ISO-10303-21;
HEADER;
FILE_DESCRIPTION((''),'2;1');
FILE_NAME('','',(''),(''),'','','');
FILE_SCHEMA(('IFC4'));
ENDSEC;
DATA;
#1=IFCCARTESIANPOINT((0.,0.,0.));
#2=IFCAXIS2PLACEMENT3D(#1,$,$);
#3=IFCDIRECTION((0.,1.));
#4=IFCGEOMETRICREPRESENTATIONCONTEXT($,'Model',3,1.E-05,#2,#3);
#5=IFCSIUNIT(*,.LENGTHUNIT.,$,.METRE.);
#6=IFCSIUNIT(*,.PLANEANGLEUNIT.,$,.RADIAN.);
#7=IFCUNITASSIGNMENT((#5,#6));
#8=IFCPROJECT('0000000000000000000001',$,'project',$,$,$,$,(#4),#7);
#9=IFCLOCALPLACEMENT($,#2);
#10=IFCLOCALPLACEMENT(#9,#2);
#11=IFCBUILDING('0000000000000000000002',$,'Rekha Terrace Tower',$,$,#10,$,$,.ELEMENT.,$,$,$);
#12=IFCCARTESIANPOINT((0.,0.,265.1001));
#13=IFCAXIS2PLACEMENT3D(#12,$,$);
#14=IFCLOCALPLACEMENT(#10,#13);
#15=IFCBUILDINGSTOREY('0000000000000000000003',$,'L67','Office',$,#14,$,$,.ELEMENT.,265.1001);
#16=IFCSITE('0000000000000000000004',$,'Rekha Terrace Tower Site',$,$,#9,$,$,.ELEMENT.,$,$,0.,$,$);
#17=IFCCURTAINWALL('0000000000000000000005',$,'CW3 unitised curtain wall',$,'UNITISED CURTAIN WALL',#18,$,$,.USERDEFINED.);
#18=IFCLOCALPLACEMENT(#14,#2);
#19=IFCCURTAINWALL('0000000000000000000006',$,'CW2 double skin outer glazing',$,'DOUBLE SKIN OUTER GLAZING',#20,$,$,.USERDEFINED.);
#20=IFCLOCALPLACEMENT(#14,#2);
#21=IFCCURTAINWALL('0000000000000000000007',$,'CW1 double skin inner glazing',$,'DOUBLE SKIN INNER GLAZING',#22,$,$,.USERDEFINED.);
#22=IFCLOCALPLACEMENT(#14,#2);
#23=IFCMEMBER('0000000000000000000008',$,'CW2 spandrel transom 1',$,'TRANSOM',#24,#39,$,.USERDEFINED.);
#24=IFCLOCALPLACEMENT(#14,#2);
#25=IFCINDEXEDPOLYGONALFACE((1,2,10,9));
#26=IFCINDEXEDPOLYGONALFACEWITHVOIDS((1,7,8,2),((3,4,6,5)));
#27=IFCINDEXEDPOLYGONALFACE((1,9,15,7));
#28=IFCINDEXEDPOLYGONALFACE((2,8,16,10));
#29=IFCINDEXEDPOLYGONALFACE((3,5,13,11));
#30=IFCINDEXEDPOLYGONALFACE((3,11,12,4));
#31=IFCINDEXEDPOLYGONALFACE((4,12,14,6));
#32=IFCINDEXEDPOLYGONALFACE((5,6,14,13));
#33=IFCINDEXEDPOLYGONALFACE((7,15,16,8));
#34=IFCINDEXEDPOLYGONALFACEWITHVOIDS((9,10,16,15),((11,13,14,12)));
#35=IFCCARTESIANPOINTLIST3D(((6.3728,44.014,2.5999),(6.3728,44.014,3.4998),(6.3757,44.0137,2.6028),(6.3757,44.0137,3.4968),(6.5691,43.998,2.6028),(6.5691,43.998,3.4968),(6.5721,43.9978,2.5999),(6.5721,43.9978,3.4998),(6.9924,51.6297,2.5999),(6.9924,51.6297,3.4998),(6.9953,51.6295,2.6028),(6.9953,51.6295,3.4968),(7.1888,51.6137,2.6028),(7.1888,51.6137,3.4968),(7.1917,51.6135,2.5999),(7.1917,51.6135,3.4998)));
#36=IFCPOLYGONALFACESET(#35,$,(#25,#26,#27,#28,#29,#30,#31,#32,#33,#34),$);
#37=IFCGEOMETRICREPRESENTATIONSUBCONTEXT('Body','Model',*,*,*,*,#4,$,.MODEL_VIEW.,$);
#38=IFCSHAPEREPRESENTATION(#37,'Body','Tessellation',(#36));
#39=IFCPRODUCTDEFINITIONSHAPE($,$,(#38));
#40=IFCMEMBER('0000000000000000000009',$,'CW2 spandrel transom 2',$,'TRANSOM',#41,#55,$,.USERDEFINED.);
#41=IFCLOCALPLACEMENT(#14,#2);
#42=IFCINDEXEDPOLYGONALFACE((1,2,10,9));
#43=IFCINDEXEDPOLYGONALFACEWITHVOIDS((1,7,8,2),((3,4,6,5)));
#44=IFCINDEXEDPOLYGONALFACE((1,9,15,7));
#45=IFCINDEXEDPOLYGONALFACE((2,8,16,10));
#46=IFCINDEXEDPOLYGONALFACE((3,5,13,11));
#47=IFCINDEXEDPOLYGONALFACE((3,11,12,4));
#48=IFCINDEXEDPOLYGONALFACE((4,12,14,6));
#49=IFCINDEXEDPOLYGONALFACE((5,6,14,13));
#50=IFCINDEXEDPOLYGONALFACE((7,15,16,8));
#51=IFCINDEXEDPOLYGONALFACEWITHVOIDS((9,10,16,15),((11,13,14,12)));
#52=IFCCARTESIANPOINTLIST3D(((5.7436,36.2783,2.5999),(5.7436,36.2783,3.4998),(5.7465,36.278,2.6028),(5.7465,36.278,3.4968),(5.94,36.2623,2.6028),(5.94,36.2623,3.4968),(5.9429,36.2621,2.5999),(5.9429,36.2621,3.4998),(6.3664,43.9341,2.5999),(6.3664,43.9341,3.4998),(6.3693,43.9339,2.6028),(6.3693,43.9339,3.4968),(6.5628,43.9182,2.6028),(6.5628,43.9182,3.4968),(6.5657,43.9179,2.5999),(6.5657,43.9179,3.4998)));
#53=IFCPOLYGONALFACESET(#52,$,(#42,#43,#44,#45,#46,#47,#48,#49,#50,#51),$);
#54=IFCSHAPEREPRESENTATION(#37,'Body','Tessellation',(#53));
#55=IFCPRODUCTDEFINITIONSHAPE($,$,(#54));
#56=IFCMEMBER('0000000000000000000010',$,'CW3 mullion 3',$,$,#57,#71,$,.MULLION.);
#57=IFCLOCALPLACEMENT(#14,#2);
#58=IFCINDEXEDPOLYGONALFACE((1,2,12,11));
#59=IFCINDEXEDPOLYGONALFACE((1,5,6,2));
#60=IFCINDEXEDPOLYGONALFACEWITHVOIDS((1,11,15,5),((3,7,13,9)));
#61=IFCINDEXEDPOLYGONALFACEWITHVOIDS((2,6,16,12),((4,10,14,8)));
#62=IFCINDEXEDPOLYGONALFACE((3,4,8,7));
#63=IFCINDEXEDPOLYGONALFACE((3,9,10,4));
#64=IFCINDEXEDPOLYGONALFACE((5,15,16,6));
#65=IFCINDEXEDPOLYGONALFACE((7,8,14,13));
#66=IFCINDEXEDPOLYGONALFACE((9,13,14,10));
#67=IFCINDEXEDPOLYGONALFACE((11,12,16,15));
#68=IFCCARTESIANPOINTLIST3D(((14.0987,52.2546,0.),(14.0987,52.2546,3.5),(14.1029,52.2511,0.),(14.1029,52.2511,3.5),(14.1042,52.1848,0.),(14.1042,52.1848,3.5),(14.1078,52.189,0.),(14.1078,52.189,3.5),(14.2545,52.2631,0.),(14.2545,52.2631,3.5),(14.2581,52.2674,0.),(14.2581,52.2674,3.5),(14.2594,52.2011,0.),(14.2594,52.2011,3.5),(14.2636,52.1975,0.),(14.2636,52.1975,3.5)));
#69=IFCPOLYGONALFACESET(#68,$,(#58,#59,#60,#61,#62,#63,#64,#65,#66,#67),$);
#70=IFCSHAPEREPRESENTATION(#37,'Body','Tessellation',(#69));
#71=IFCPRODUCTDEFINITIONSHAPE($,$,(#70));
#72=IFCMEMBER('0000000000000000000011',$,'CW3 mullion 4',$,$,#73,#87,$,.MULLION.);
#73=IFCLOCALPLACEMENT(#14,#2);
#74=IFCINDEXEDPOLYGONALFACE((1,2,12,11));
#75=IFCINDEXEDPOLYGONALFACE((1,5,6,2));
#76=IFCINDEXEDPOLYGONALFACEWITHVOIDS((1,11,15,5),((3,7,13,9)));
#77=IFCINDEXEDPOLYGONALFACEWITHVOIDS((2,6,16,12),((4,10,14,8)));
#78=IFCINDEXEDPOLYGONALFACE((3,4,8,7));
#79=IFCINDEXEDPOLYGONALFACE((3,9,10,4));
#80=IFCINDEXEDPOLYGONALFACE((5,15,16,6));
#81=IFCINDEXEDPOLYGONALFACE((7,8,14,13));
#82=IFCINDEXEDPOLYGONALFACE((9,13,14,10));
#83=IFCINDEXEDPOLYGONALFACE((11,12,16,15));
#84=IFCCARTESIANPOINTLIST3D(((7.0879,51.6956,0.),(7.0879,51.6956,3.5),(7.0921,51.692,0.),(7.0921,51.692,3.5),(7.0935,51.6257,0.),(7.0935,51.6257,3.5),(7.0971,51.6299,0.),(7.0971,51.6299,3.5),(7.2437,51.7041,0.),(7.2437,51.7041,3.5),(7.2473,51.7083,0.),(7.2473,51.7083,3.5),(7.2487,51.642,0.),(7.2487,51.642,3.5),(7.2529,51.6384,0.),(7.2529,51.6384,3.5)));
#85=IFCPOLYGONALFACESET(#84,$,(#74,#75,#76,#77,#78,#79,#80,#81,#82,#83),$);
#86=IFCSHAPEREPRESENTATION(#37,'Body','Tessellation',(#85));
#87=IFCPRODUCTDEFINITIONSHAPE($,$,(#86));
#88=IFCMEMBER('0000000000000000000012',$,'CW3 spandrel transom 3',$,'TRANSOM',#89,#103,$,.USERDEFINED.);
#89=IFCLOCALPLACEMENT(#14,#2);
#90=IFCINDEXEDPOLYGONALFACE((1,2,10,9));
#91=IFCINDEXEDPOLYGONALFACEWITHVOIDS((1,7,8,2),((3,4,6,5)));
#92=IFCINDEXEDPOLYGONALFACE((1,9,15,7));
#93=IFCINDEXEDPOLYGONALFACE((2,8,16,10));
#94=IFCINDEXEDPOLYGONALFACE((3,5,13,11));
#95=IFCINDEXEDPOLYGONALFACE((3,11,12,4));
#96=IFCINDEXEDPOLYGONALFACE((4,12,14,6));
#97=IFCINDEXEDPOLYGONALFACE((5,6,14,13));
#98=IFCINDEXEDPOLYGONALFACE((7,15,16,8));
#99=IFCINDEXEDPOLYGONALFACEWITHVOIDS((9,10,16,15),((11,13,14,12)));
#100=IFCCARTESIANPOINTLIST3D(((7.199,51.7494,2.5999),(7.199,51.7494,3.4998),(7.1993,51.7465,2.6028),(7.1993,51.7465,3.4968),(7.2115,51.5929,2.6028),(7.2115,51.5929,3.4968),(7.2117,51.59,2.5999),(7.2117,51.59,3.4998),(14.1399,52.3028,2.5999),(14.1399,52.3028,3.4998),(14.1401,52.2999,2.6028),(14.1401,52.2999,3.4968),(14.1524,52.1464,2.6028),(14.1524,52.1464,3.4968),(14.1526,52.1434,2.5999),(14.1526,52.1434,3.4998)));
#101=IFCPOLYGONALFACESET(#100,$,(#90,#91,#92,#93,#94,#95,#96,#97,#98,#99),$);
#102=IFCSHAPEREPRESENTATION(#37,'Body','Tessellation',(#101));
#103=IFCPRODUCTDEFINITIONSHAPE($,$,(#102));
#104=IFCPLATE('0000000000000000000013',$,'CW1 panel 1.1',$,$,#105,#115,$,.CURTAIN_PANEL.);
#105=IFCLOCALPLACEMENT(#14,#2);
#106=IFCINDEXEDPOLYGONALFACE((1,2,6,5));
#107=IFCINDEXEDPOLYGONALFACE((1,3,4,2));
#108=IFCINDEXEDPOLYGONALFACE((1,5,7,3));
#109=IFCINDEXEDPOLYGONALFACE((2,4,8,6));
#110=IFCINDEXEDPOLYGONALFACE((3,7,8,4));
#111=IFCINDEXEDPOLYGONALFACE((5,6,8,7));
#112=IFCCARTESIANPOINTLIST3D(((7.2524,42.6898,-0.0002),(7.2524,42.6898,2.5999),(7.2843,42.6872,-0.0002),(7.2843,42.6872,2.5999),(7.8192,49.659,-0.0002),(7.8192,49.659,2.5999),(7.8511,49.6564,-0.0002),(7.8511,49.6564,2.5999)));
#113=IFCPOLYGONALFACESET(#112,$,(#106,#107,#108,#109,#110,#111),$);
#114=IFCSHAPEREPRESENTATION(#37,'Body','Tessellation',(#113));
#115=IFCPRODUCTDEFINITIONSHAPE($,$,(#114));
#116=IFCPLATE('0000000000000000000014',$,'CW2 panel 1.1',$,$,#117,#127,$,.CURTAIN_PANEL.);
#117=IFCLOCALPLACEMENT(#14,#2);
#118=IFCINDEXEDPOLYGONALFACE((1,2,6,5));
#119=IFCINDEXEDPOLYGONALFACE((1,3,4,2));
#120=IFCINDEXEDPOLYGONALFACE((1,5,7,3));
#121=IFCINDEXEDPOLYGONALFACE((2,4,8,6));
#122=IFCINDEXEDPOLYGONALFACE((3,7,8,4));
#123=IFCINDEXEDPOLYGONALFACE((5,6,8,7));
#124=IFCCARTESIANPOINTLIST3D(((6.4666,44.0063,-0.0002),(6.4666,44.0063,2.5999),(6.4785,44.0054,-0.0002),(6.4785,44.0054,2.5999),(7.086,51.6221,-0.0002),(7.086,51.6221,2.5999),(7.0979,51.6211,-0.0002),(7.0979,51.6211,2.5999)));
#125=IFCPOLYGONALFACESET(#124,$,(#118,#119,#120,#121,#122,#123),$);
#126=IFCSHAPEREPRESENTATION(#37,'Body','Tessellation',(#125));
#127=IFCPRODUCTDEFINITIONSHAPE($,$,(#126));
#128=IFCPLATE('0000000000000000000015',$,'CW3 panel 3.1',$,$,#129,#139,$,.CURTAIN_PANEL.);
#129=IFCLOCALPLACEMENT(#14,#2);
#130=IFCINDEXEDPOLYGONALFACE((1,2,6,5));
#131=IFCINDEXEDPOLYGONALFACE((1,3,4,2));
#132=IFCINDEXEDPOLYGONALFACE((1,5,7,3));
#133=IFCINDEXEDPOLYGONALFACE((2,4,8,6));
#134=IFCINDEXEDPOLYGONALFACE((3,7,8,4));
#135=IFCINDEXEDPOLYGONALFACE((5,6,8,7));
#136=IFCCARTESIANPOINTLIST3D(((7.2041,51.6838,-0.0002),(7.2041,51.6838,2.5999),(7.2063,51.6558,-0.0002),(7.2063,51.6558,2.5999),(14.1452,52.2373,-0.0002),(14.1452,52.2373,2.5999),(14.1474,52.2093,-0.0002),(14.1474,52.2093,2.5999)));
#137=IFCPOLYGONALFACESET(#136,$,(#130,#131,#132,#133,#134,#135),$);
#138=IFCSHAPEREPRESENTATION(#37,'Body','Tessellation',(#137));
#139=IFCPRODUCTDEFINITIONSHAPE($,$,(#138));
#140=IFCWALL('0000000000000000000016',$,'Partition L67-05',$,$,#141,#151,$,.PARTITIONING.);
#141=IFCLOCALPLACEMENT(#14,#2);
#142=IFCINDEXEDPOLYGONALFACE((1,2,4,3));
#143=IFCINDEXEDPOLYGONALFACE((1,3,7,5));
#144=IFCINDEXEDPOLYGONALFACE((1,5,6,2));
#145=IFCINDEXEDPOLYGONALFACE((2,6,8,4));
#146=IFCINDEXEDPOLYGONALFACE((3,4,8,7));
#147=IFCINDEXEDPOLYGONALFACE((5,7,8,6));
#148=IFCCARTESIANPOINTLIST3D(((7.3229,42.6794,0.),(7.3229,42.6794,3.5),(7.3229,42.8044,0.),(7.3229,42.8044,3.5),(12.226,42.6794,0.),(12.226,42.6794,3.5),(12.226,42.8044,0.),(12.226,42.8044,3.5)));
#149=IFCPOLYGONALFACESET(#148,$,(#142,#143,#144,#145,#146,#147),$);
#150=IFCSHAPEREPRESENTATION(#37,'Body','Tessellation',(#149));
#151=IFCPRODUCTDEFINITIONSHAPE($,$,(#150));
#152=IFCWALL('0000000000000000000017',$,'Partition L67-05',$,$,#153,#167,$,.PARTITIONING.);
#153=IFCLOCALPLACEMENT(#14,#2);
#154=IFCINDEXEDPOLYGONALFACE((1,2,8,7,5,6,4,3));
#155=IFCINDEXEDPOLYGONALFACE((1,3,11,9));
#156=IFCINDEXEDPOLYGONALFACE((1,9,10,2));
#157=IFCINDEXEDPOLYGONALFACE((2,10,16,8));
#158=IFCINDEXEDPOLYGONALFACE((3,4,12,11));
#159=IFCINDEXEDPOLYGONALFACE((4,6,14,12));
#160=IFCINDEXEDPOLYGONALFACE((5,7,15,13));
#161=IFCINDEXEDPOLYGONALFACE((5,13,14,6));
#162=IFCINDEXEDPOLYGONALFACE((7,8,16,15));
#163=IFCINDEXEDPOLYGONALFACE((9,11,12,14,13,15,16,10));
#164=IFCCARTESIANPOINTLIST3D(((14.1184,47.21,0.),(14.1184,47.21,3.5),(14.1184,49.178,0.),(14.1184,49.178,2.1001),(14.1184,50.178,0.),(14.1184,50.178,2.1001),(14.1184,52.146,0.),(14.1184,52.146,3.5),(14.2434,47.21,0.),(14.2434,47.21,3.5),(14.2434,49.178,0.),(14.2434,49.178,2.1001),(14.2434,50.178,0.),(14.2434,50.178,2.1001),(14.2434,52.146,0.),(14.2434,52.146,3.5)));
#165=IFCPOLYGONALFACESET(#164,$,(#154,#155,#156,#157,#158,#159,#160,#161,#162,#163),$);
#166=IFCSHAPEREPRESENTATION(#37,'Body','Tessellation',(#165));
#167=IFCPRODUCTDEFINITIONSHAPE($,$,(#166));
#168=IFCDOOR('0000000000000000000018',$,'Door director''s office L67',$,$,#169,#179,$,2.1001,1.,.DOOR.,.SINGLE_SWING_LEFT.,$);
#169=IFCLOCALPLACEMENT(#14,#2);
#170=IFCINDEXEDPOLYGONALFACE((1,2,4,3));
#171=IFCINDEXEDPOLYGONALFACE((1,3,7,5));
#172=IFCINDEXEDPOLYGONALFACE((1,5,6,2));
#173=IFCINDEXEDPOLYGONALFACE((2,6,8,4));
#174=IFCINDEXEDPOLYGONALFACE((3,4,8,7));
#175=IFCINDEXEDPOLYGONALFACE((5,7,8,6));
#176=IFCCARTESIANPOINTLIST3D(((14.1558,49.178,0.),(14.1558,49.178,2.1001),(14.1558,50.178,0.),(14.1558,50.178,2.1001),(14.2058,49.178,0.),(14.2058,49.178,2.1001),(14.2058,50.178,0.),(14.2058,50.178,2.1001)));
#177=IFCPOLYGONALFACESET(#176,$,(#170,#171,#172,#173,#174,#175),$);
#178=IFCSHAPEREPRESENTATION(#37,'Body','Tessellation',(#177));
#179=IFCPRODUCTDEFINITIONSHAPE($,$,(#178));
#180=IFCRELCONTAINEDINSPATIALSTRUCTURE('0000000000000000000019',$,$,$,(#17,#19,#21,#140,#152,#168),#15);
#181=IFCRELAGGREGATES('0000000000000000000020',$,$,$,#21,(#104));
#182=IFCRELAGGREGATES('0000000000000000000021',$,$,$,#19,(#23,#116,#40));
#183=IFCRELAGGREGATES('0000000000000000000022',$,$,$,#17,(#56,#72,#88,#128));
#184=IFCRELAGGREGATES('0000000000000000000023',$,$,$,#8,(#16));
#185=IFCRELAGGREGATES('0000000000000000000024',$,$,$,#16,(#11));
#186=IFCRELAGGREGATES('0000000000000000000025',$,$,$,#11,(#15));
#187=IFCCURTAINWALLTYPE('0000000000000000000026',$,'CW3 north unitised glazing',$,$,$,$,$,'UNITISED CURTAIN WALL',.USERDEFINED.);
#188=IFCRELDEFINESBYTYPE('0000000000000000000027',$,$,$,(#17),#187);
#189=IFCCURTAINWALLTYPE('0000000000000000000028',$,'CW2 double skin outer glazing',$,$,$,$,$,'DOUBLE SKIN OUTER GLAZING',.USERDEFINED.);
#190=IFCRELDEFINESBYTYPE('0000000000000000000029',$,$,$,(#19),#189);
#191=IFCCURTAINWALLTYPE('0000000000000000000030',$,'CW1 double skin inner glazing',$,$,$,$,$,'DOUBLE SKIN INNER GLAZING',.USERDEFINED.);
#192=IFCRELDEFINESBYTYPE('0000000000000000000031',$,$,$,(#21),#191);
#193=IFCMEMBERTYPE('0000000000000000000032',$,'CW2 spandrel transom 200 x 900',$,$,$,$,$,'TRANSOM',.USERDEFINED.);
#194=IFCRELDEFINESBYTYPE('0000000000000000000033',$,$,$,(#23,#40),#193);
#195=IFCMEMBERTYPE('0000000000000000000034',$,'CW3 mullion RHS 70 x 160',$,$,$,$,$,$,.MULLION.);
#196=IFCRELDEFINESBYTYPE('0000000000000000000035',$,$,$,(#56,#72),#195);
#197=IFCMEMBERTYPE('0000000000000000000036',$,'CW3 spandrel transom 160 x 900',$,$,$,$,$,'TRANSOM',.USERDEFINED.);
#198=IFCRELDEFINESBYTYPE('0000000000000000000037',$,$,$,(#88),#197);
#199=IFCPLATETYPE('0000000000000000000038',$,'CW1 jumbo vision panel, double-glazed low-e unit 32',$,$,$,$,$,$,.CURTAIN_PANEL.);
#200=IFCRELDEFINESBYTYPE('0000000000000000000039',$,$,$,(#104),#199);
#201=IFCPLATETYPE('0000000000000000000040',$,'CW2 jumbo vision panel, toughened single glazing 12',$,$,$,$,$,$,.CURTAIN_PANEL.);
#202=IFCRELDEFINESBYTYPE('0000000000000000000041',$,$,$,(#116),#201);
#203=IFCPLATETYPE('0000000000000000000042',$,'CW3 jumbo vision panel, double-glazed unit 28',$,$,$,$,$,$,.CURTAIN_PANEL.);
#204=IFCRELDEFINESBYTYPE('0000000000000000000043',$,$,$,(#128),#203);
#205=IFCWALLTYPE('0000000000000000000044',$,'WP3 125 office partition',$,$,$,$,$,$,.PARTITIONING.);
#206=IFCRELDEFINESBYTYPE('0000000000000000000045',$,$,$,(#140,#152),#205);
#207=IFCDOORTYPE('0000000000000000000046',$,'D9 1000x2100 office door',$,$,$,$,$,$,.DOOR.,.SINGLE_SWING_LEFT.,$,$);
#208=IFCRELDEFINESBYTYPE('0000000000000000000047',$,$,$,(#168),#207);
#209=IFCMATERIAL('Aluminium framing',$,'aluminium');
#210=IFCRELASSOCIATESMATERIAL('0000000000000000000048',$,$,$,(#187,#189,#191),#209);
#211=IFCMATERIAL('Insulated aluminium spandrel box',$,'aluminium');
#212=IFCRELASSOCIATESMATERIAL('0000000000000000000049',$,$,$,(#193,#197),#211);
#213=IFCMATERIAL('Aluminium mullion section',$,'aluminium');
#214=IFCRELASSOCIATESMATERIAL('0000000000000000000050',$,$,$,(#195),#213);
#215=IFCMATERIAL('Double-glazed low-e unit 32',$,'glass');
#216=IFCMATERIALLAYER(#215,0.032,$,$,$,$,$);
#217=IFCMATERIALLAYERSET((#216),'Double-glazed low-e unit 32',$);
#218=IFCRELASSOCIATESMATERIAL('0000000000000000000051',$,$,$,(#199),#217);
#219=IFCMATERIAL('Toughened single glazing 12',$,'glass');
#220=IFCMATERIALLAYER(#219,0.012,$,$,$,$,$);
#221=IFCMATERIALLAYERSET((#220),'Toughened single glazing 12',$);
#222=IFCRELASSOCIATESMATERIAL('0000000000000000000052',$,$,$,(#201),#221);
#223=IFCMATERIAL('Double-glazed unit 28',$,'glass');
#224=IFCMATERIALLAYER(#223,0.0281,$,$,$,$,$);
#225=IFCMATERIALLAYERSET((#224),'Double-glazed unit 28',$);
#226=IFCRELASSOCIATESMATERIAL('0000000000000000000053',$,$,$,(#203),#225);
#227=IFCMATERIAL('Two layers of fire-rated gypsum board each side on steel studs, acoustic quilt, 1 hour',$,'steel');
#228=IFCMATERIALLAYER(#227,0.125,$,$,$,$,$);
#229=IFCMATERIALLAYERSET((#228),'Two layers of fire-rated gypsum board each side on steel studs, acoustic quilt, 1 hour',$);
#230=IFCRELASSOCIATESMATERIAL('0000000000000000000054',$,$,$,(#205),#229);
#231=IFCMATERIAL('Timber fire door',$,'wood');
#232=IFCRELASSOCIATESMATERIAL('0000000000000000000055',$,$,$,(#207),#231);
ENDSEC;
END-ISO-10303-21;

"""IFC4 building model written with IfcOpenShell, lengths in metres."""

from ifc_helpers import new_model, si_unit, direction, frame, frame_2d, origin, origin_2d, place, context, subcontext, project, spatial, rectangle, hollow_rectangle, extrude, material, layer, layer_set, material_profile, profile_set, type_object, element, fill, aggregate, save


model = new_model("IFC4")

# Units and contexts
model_context = context("Model", 3, precision=1e-05, world=origin(), true_north=direction((0.0, 1.0)))
body_context = subcontext(model_context, "Body", "Model", "MODEL_VIEW")
ifc_project = project(units=[si_unit("LENGTHUNIT", "METRE"), si_unit("PLANEANGLEUNIT", "RADIAN")], contexts=[model_context])

# Site, building, storey
site_placement = place(None, origin())
site = spatial("IfcSite", under=ifc_project, at=site_placement, Name="Rekha Terrace Tower Site", CompositionType="ELEMENT", RefElevation=0.0)
building_placement = place(site_placement, origin())
building = spatial("IfcBuilding", under=site, at=building_placement, Name="Rekha Terrace Tower", CompositionType="ELEMENT")
storey_placement = place(building_placement, frame((0.0, 0.0, 265.1001)))
storey = spatial("IfcBuildingStorey", under=building, at=storey_placement, Name="L67", Description="Office", CompositionType="ELEMENT", Elevation=265.1001)

# Curtain walls
ifc_material_1 = material(Name="Aluminium framing", Category="aluminium")
curtain_wall_type_1 = type_object("IfcCurtainWallType", Name="CW3 north unitised glazing", ElementType="UNITISED CURTAIN WALL", PredefinedType="USERDEFINED", material=ifc_material_1)
curtain_wall_1_placement = place(storey_placement, origin())
curtain_wall_1 = element("IfcCurtainWall", 1, at=curtain_wall_1_placement, inside=storey, type_object=curtain_wall_type_1, Name="CW3 unitised curtain wall", ObjectType="UNITISED CURTAIN WALL", PredefinedType="USERDEFINED")
curtain_wall_type_2 = type_object("IfcCurtainWallType", Name="CW2 double skin outer glazing", ElementType="DOUBLE SKIN OUTER GLAZING", PredefinedType="USERDEFINED", material=ifc_material_1)
curtain_wall_2_placement = place(storey_placement, origin())
curtain_wall_2 = element("IfcCurtainWall", 2, at=curtain_wall_2_placement, inside=storey, type_object=curtain_wall_type_2, Name="CW2 double skin outer glazing", ObjectType="DOUBLE SKIN OUTER GLAZING", PredefinedType="USERDEFINED")

# Curtain wall
curtain_wall_type_3 = type_object("IfcCurtainWallType", Name="CW1 double skin inner glazing", ElementType="DOUBLE SKIN INNER GLAZING", PredefinedType="USERDEFINED", material=ifc_material_1)
curtain_wall_3_placement = place(storey_placement, origin())
curtain_wall_3 = element("IfcCurtainWall", 3, at=curtain_wall_3_placement, inside=storey, type_object=curtain_wall_type_3, Name="CW1 double skin inner glazing", ObjectType="DOUBLE SKIN INNER GLAZING", PredefinedType="USERDEFINED")
ifc_material_2 = material(Name="Aluminium mullion section", Category="aluminium")
ifc_material_3 = material(Name="Insulated aluminium spandrel box", Category="aluminium")

# Members
ifc_material_profile_1 = material_profile(ifc_material_3, hollow_rectangle(XDim=0.2, YDim=0.8999, WallThickness=0.0029, at=origin_2d()), Name="AL SPANDREL BOX 200x900")
ifc_profile_set_1 = profile_set([ifc_material_profile_1], Name="Insulated aluminium spandrel box")
member_type_1 = type_object("IfcMemberType", Name="CW2 spandrel transom 200 x 900", ElementType="TRANSOM", PredefinedType="USERDEFINED", material=ifc_profile_set_1)
member_1_placement = place(storey_placement, frame((7.092, 51.6216, 3.0498), z_axis=(-0.081094, -0.996706, 0.0), x_axis=(0.996706, -0.081094, 0.0)))
member_1 = element("IfcMember", 4, at=member_1_placement, type_object=member_type_1, Name="CW2 spandrel transom 1", ObjectType="TRANSOM", PredefinedType="USERDEFINED", context=body_context, shape_type="SweptSolid", body=[
    extrude(hollow_rectangle(XDim=0.2, YDim=0.8999, WallThickness=0.0029, at=origin_2d()), origin(), (0.0, 0.0, 1.0), 7.6409),
])
member_2_placement = place(storey_placement, frame((6.4661, 43.926, 3.0498), z_axis=(-0.081083, -0.996707, 0.0), x_axis=(0.996707, -0.081083, 0.0)))
member_2 = element("IfcMember", 5, at=member_2_placement, type_object=member_type_1, Name="CW2 spandrel transom 2", ObjectType="TRANSOM", PredefinedType="USERDEFINED", context=body_context, shape_type="SweptSolid", body=[
    extrude(hollow_rectangle(XDim=0.2, YDim=0.8999, WallThickness=0.0029, at=origin_2d()), origin(), (0.0, 0.0, 1.0), 7.6812),
])
ifc_material_profile_2 = material_profile(ifc_material_2, hollow_rectangle(XDim=0.0701, YDim=0.1599, WallThickness=0.0039, at=origin_2d()), Name="AL RHS 70x160")
ifc_profile_set_2 = profile_set([ifc_material_profile_2], Name="Aluminium mullion section")
member_type_2 = type_object("IfcMemberType", Name="CW3 mullion RHS 70 x 160", PredefinedType="MULLION", material=ifc_profile_set_2)
member_3_placement = place(storey_placement, frame((14.1812, 52.2261, 0.0), z_axis=(0.0, 0.0, 1.0), x_axis=(0.079485, -0.996836, 0.0)))
member_3 = element("IfcMember", 6, at=member_3_placement, type_object=member_type_2, Name="CW3 mullion 3", PredefinedType="MULLION", context=body_context, shape_type="SweptSolid", body=[
    extrude(hollow_rectangle(XDim=0.0701, YDim=0.1599, WallThickness=0.0039, at=origin_2d()), origin(), (0.0, 0.0, 1.0), 3.5),
])
member_4_placement = place(storey_placement, frame((7.1704, 51.667, 0.0), z_axis=(0.0, 0.0, 1.0), x_axis=(0.079485, -0.996836, 0.0)))
member_4 = element("IfcMember", 7, at=member_4_placement, type_object=member_type_2, Name="CW3 mullion 4", PredefinedType="MULLION", context=body_context, shape_type="SweptSolid", body=[
    extrude(hollow_rectangle(XDim=0.0701, YDim=0.1599, WallThickness=0.0039, at=origin_2d()), origin(), (0.0, 0.0, 1.0), 3.5),
])
ifc_material_profile_3 = material_profile(ifc_material_3, hollow_rectangle(XDim=0.1599, YDim=0.8999, WallThickness=0.0029, at=origin_2d()), Name="AL SPANDREL BOX 160x900")
ifc_profile_set_3 = profile_set([ifc_material_profile_3], Name="Insulated aluminium spandrel box")
member_type_3 = type_object("IfcMemberType", Name="CW3 spandrel transom 160 x 900", ElementType="TRANSOM", PredefinedType="USERDEFINED", material=ifc_profile_set_3)
member_5_placement = place(storey_placement, frame((14.1462, 52.2231, 3.0498), z_axis=(-0.996836, -0.079487, 0.0), x_axis=(0.079487, -0.996836, 0.0)))
member_5 = element("IfcMember", 8, at=member_5_placement, type_object=member_type_3, Name="CW3 spandrel transom 3", ObjectType="TRANSOM", PredefinedType="USERDEFINED", context=body_context, shape_type="SweptSolid", body=[
    extrude(hollow_rectangle(XDim=0.1599, YDim=0.8999, WallThickness=0.0029, at=origin_2d()), origin(), (0.0, 0.0, 1.0), 6.9629),
])

# Plates
ifc_material_4 = material(Name="Double-glazed low-e unit 32", Category="glass")
ifc_layer_1 = layer(ifc_material_4, 0.032)
ifc_layer_set_1 = layer_set([ifc_layer_1], Name="Double-glazed low-e unit 32")
plate_type_1 = type_object("IfcPlateType", Name="CW1 jumbo vision panel, double-glazed low-e unit 32", PredefinedType="CURTAIN_PANEL", material=ifc_layer_set_1)
plate_1_placement = place(storey_placement, frame((7.5518, 46.1731, -0.0002), z_axis=(0.0, 0.0, 1.0), x_axis=(-0.081068, -0.996709, 0.0)))
plate_1 = element("IfcPlate", 9, at=plate_1_placement, type_object=plate_type_1, Name="CW1 panel 1.1", PredefinedType="CURTAIN_PANEL", context=body_context, shape_type="SweptSolid", body=[
    extrude(rectangle(XDim=6.9922, YDim=0.032, at=origin_2d()), origin(), (0.0, 0.0, 1.0), 2.6001),
])
aggregate(curtain_wall_3, [plate_1])
ifc_material_5 = material(Name="Toughened single glazing 12", Category="glass")
ifc_layer_2 = layer(ifc_material_5, 0.012)
ifc_layer_set_2 = layer_set([ifc_layer_2], Name="Toughened single glazing 12")
plate_type_2 = type_object("IfcPlateType", Name="CW2 jumbo vision panel, toughened single glazing 12", PredefinedType="CURTAIN_PANEL", material=ifc_layer_set_2)
plate_2_placement = place(storey_placement, frame((6.7822, 47.8137, -0.0002), z_axis=(0.0, 0.0, 1.0), x_axis=(-0.081068, -0.996709, 0.0)))
plate_2 = element("IfcPlate", 10, at=plate_2_placement, type_object=plate_type_2, Name="CW2 panel 1.1", PredefinedType="CURTAIN_PANEL", context=body_context, shape_type="SweptSolid", body=[
    extrude(rectangle(XDim=7.6409, YDim=0.012, at=origin_2d()), origin(), (0.0, 0.0, 1.0), 2.6001),
])
aggregate(curtain_wall_2, [member_1, plate_2, member_2])
ifc_material_6 = material(Name="Double-glazed unit 28", Category="glass")
ifc_layer_3 = layer(ifc_material_6, 0.0281)
ifc_layer_set_3 = layer_set([ifc_layer_3], Name="Double-glazed unit 28")
plate_type_3 = type_object("IfcPlateType", Name="CW3 jumbo vision panel, double-glazed unit 28", PredefinedType="CURTAIN_PANEL", material=ifc_layer_set_3)
plate_3_placement = place(storey_placement, frame((10.6758, 51.9465, -0.0002), z_axis=(0.0, 0.0, 1.0), x_axis=(-0.996836, -0.079485, 0.0)))
plate_3 = element("IfcPlate", 11, at=plate_3_placement, type_object=plate_type_3, Name="CW3 panel 3.1", PredefinedType="CURTAIN_PANEL", context=body_context, shape_type="SweptSolid", body=[
    extrude(rectangle(XDim=6.9631, YDim=0.0281, at=origin_2d()), origin(), (0.0, 0.0, 1.0), 2.6001),
])
aggregate(curtain_wall_1, [member_3, member_4, member_5, plate_3])

# Wall
ifc_material_7 = material(Name="Two layers of fire-rated gypsum board each side on steel studs, acoustic quilt, 1 hour", Category="steel")
ifc_layer_4 = layer(ifc_material_7, 0.125)
ifc_layer_set_4 = layer_set([ifc_layer_4], Name="Two layers of fire-rated gypsum board each side on steel studs, acoustic quilt, 1 hour")
wall_type = type_object("IfcWallType", Name="WP3 125 office partition", PredefinedType="PARTITIONING", material=ifc_layer_set_4)
wall_1_placement = place(storey_placement, frame((12.2261, 42.7419, 0.0), z_axis=(0.0, 0.0, 1.0), x_axis=(-1.0, 0.0, 0.0)))
element("IfcWall", 12, at=wall_1_placement, inside=storey, type_object=wall_type, Name="Partition L67-05", PredefinedType="PARTITIONING", context=body_context, shape_type="SweptSolid", body=[
    extrude(rectangle(XDim=4.9031, YDim=0.125, at=frame_2d((2.4517, 0.0))), origin(), (0.0, 0.0, 1.0), 3.5),
])

# Wall, opening, door
wall_2_placement = place(storey_placement, frame((14.1809, 52.146, 0.0), z_axis=(0.0, 0.0, 1.0), x_axis=(0.0, -1.0, 0.0)))
wall_2 = element("IfcWall", 13, at=wall_2_placement, inside=storey, type_object=wall_type, Name="Partition L67-05", PredefinedType="PARTITIONING", context=body_context, shape_type="SweptSolid", body=[
    extrude(rectangle(XDim=4.936, YDim=0.125, at=frame_2d((2.468, 0.0))), origin(), (0.0, 0.0, 1.0), 3.5),
])
opening_1_placement = place(wall_2_placement, frame((1.968, 0.0, 0.0)))
opening_1 = element("IfcOpeningElement", 14, at=opening_1_placement, cuts=wall_2, PredefinedType="OPENING", context=body_context, shape_type="SweptSolid", body=[
    extrude(rectangle(XDim=1.0, YDim=2.1001, at=frame_2d((0.5, 1.05))), frame((0.0, 0.0725, 0.0), z_axis=(0.0, -1.0, 0.0), x_axis=(1.0, 0.0, 0.0)), (0.0, 0.0, 1.0), 0.145),
])
ifc_material_8 = material(Name="Timber fire door", Category="wood")
door_type = type_object("IfcDoorType", Name="D9 1000x2100 office door", OperationType="SINGLE_SWING_LEFT", PredefinedType="DOOR", material=ifc_material_8)
door_1_placement = place(opening_1_placement, origin())
door_1 = element("IfcDoor", 15, at=door_1_placement, inside=storey, type_object=door_type, Name="Door director's office L67", OperationType="SINGLE_SWING_LEFT", OverallHeight=2.1001, OverallWidth=1.0, PredefinedType="DOOR", context=body_context, shape_type="SweptSolid", body=[
    extrude(rectangle(XDim=1.0, YDim=2.1001, at=frame_2d((0.5, 1.05))), frame((0.0, 0.0249, 0.0), z_axis=(0.0, -1.0, 0.0), x_axis=(1.0, 0.0, 0.0)), (0.0, 0.0, 1.0), 0.05),
])
fill(opening_1, door_1)

save(model, "model.ifc")
